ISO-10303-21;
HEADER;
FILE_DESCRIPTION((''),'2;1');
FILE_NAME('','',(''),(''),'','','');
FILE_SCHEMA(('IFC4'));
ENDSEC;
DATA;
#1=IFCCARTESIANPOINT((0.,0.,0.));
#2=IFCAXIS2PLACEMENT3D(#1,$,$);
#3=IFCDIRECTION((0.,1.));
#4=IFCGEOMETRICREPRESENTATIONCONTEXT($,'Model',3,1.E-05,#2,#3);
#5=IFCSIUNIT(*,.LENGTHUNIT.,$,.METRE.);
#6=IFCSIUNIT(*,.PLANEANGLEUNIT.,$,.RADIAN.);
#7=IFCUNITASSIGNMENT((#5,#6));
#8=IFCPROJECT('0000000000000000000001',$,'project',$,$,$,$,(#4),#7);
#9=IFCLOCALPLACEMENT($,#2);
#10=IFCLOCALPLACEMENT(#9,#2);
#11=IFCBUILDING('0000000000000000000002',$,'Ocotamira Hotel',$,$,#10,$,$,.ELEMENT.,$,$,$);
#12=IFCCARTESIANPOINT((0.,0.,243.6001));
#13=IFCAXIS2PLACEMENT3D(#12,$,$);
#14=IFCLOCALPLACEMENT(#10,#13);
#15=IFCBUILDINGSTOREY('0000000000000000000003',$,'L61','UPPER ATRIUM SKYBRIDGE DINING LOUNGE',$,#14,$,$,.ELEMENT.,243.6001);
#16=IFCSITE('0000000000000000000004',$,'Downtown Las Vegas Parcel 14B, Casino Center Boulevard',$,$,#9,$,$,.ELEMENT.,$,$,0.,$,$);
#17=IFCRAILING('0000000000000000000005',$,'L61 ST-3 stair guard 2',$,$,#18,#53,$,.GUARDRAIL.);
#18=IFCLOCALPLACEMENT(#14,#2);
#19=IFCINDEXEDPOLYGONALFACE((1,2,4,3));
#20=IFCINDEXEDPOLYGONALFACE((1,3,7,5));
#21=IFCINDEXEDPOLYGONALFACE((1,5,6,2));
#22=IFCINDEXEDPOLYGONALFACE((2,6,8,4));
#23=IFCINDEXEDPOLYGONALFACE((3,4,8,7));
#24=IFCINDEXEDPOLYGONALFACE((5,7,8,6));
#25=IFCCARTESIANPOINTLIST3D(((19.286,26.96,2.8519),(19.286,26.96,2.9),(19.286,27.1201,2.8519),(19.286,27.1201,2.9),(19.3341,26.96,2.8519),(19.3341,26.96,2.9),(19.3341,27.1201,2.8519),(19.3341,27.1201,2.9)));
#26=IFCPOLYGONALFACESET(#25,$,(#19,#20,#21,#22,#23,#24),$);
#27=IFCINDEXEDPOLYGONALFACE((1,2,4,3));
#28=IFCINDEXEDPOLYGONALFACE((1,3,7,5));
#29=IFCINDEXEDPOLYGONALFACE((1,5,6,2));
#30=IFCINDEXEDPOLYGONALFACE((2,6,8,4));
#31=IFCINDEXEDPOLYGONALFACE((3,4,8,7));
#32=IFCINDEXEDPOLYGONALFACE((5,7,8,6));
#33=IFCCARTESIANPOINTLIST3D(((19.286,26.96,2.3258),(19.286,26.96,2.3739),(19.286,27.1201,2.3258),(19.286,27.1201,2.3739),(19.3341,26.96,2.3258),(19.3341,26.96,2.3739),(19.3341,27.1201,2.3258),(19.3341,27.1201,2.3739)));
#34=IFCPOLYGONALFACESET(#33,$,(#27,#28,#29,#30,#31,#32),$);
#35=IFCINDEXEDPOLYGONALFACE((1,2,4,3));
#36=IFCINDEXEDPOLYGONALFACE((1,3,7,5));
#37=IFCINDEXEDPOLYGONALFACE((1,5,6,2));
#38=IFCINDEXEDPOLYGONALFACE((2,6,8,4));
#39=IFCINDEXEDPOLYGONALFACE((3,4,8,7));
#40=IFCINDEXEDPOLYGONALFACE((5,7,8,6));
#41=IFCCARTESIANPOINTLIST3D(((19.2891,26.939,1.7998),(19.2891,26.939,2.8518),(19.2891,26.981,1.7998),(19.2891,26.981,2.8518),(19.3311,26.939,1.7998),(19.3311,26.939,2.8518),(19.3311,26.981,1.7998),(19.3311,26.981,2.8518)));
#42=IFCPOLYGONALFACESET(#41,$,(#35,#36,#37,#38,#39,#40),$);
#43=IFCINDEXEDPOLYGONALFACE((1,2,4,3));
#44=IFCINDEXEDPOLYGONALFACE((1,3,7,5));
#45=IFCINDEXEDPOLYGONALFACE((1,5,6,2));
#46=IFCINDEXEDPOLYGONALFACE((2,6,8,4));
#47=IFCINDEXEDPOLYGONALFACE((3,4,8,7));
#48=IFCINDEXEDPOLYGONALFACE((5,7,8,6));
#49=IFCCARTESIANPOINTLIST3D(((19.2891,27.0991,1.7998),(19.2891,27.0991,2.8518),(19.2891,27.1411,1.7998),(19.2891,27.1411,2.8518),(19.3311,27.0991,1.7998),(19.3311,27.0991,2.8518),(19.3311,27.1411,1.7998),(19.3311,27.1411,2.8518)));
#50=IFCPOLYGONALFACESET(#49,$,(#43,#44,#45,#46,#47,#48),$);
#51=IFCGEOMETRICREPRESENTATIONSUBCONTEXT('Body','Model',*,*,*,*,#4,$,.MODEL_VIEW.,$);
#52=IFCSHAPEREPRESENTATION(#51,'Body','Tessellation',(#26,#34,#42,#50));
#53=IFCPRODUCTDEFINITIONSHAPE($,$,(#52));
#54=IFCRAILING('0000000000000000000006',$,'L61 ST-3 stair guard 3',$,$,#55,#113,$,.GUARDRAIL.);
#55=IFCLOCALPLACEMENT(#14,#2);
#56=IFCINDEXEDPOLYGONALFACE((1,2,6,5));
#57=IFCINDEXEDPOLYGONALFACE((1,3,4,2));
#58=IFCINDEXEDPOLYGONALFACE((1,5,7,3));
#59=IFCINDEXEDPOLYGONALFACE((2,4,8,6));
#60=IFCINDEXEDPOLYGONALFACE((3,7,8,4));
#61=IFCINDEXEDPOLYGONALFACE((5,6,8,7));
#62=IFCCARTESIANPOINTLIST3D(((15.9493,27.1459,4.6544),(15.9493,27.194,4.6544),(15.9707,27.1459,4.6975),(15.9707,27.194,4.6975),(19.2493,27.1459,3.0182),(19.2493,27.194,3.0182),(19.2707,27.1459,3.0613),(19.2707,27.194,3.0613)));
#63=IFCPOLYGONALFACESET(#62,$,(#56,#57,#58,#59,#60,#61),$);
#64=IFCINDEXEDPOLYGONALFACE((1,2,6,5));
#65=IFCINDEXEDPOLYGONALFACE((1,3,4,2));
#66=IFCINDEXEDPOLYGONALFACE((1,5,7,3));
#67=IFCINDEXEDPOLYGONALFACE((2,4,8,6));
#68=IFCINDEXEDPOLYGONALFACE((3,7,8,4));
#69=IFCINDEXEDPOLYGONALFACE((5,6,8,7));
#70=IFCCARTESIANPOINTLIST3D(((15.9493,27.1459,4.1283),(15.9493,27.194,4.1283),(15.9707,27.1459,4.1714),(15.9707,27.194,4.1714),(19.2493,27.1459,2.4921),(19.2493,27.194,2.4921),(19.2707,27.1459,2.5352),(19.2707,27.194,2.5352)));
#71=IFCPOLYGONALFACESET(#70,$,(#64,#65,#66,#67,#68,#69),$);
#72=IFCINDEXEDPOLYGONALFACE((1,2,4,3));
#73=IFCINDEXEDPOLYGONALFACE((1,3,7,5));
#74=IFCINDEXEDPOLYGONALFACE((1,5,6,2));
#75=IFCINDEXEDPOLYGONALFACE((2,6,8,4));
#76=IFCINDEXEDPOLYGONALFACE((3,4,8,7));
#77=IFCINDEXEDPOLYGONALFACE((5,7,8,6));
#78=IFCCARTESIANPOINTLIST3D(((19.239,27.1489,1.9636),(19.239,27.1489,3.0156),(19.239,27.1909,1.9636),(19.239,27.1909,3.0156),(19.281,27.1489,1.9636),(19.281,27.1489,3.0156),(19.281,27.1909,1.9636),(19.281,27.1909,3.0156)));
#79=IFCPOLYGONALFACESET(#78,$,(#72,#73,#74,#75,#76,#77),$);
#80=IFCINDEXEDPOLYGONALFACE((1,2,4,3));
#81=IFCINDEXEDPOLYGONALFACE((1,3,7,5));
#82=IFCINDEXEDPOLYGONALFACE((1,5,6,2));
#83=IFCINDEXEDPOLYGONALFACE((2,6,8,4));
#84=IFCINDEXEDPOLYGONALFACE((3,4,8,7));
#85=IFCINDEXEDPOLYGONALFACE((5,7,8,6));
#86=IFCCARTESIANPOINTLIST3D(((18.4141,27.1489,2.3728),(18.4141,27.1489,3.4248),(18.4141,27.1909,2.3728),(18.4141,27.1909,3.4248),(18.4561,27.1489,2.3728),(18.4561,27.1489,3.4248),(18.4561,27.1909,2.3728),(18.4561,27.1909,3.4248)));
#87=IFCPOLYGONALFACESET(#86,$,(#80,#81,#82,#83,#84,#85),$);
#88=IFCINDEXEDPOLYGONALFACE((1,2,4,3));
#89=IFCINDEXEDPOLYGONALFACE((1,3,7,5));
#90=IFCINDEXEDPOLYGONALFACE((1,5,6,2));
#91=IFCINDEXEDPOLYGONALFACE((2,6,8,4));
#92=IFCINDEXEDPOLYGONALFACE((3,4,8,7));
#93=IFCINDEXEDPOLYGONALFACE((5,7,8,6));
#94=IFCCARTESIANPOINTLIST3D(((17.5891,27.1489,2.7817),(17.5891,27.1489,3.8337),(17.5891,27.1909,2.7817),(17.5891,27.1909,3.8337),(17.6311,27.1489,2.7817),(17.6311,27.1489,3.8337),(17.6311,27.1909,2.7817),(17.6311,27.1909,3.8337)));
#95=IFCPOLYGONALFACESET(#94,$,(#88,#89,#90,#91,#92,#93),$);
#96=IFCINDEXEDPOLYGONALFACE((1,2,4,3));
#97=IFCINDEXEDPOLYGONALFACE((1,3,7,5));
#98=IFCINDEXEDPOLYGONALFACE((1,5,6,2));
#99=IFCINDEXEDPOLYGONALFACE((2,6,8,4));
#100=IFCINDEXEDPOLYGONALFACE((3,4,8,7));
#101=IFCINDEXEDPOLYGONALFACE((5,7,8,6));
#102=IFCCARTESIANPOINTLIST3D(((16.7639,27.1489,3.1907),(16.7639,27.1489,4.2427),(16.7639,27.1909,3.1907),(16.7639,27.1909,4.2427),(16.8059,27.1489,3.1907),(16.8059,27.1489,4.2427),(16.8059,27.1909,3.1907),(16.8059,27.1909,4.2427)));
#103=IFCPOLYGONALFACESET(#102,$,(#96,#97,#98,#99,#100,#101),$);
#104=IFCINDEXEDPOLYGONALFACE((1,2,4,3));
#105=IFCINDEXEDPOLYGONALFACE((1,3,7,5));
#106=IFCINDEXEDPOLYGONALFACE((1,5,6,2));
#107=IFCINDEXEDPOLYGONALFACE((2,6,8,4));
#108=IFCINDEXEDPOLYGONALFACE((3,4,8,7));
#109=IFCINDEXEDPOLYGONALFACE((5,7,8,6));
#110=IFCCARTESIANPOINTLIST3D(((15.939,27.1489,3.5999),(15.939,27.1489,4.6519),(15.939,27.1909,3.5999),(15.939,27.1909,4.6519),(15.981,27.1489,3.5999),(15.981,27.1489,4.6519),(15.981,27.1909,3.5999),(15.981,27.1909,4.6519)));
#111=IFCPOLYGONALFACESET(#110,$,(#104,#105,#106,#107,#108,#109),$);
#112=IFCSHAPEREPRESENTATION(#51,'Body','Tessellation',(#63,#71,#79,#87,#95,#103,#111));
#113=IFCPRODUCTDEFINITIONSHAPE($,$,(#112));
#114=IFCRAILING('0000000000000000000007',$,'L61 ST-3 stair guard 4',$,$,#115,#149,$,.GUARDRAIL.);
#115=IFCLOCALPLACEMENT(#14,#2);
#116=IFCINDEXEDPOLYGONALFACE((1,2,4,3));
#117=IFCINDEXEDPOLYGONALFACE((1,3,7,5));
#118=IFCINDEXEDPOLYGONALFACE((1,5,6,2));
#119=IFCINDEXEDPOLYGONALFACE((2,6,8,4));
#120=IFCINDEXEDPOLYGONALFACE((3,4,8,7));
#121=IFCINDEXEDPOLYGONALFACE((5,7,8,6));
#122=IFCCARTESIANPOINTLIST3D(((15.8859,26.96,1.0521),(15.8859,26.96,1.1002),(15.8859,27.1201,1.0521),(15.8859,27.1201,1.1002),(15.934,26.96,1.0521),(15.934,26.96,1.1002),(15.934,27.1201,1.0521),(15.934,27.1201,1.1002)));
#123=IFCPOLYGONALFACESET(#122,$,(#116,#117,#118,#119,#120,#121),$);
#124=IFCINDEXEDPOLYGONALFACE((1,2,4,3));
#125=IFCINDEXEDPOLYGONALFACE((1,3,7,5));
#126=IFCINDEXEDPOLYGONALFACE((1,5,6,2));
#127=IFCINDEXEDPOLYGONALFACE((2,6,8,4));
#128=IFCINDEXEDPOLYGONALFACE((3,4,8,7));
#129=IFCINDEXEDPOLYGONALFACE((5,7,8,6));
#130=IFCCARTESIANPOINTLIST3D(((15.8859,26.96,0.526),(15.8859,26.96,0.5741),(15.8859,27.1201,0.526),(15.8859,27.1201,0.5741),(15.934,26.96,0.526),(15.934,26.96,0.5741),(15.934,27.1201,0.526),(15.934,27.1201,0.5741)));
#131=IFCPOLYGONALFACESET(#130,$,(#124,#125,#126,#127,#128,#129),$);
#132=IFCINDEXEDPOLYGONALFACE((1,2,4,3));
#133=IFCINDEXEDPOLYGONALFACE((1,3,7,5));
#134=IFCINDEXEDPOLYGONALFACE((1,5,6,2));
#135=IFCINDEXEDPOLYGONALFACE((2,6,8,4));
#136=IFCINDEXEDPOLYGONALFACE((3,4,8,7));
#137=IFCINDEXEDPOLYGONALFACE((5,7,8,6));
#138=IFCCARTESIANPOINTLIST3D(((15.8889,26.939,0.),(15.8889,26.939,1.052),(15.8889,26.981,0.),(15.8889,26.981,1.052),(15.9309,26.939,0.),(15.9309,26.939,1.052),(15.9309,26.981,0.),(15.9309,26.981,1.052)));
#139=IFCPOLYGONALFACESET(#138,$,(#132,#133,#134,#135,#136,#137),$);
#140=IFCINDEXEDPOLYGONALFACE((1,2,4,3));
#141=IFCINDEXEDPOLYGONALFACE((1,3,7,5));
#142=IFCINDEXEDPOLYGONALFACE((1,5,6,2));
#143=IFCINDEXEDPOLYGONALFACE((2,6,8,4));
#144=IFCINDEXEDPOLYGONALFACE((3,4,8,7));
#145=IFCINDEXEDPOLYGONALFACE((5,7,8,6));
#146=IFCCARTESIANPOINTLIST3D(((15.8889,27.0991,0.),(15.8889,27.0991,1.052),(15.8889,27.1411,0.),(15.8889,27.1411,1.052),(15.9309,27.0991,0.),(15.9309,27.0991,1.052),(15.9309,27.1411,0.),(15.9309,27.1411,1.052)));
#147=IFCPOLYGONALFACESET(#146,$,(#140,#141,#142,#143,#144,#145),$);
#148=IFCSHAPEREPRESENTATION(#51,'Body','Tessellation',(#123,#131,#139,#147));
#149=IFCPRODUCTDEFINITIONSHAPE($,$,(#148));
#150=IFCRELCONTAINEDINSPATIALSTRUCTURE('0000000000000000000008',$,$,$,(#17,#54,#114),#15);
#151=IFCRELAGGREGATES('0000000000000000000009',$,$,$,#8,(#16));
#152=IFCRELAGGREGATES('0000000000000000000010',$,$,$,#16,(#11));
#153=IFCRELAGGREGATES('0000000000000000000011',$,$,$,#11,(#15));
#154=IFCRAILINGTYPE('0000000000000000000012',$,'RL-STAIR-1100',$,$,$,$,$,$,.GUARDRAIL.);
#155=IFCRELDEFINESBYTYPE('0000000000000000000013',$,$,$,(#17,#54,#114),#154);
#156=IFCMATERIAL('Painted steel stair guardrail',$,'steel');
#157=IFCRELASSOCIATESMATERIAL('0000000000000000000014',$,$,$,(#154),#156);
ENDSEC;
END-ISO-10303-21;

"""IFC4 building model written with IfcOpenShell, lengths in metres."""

from ifc_helpers import new_model, si_unit, direction, frame, origin, origin_2d, place, context, subcontext, project, spatial, rectangle, extrude, material, type_object, element, save


model = new_model("IFC4")

# Units and contexts
model_context = context("Model", 3, precision=1e-05, world=origin(), true_north=direction((0.0, 1.0)))
body_context = subcontext(model_context, "Body", "Model", "MODEL_VIEW")
ifc_project = project(units=[si_unit("LENGTHUNIT", "METRE"), si_unit("PLANEANGLEUNIT", "RADIAN")], contexts=[model_context])

# Site, building, storey
site_placement = place(None, origin())
site = spatial("IfcSite", under=ifc_project, at=site_placement, Name="Downtown Las Vegas Parcel 14B, Casino Center Boulevard", CompositionType="ELEMENT", RefElevation=0.0)
building_placement = place(site_placement, origin())
building = spatial("IfcBuilding", under=site, at=building_placement, Name="Ocotamira Hotel", CompositionType="ELEMENT")
storey_placement = place(building_placement, frame((0.0, 0.0, 243.6001)))
storey = spatial("IfcBuildingStorey", under=building, at=storey_placement, Name="L61", Description="UPPER ATRIUM SKYBRIDGE DINING LOUNGE", CompositionType="ELEMENT", Elevation=243.6001)

# Railings
ifc_material_1 = material(Name="Painted steel stair guardrail", Category="steel")
railing_type_1 = type_object("IfcRailingType", Name="RL-STAIR-1100", PredefinedType="GUARDRAIL", material=ifc_material_1)
railing_1_placement = place(storey_placement, frame((19.3101, 26.96, 1.7998)))
element("IfcRailing", 1, at=railing_1_placement, inside=storey, type_object=railing_type_1, Name="L61 ST-3 stair guard 2", PredefinedType="GUARDRAIL", context=body_context, shape_type="SweptSolid", body=[
    extrude(rectangle(XDim=0.0481, YDim=0.0481, at=origin_2d()), frame((0.0, 0.0, 1.0762), z_axis=(0.0, 1.0, 0.0), x_axis=(-1.0, 0.0, 0.0)), (0.0, 0.0, 1.0), 0.1602),
    extrude(rectangle(XDim=0.0481, YDim=0.0481, at=origin_2d()), frame((0.0, 0.0, 0.55), z_axis=(0.0, 1.0, 0.0), x_axis=(-1.0, 0.0, 0.0)), (0.0, 0.0, 1.0), 0.1602),
    extrude(rectangle(XDim=0.042, YDim=0.042, at=origin_2d()), origin(), (0.0, 0.0, 1.0), 1.052),
    extrude(rectangle(XDim=0.042, YDim=0.042, at=origin_2d()), frame((0.0, 0.1602, 0.0)), (0.0, 0.0, 1.0), 1.052),
])
railing_2_placement = place(storey_placement, frame((19.26, 27.1699, 1.9636)))
element("IfcRailing", 2, at=railing_2_placement, inside=storey, type_object=railing_type_1, Name="L61 ST-3 stair guard 3", PredefinedType="GUARDRAIL", context=body_context, shape_type="SweptSolid", body=[
    extrude(rectangle(XDim=0.0481, YDim=0.0481, at=origin_2d()), frame((0.0, 0.0, 1.0762), z_axis=(-0.89592, 0.0, 0.444215), x_axis=(0.0, -1.0, 0.0)), (0.0, 0.0, 1.0), 3.6833),
    extrude(rectangle(XDim=0.0481, YDim=0.0481, at=origin_2d()), frame((0.0, 0.0, 0.55), z_axis=(-0.89592, 0.0, 0.444215), x_axis=(0.0, -1.0, 0.0)), (0.0, 0.0, 1.0), 3.6833),
    extrude(rectangle(XDim=0.042, YDim=0.042, at=origin_2d()), origin(), (0.0, 0.0, 1.0), 1.052),
    extrude(rectangle(XDim=0.042, YDim=0.042, at=origin_2d()), frame((-0.825, 0.0, 0.4092)), (0.0, 0.0, 1.0), 1.052),
    extrude(rectangle(XDim=0.042, YDim=0.042, at=origin_2d()), frame((-1.6499, 0.0, 0.8181)), (0.0, 0.0, 1.0), 1.052),
    extrude(rectangle(XDim=0.042, YDim=0.042, at=origin_2d()), frame((-2.4751, 0.0, 1.2271)), (0.0, 0.0, 1.0), 1.052),
    extrude(rectangle(XDim=0.042, YDim=0.042, at=origin_2d()), frame((-3.3, 0.0, 1.6362)), (0.0, 0.0, 1.0), 1.052),
])
railing_3_placement = place(storey_placement, frame((15.9099, 26.96, 0.0)))
element("IfcRailing", 3, at=railing_3_placement, inside=storey, type_object=railing_type_1, Name="L61 ST-3 stair guard 4", PredefinedType="GUARDRAIL", context=body_context, shape_type="SweptSolid", body=[
    extrude(rectangle(XDim=0.0481, YDim=0.0481, at=origin_2d()), frame((0.0, 0.0, 1.0762), z_axis=(0.0, 1.0, 0.0), x_axis=(-1.0, 0.0, 0.0)), (0.0, 0.0, 1.0), 0.1602),
    extrude(rectangle(XDim=0.0481, YDim=0.0481, at=origin_2d()), frame((0.0, 0.0, 0.55), z_axis=(0.0, 1.0, 0.0), x_axis=(-1.0, 0.0, 0.0)), (0.0, 0.0, 1.0), 0.1602),
    extrude(rectangle(XDim=0.042, YDim=0.042, at=origin_2d()), origin(), (0.0, 0.0, 1.0), 1.052),
    extrude(rectangle(XDim=0.042, YDim=0.042, at=origin_2d()), frame((0.0, 0.1602, 0.0)), (0.0, 0.0, 1.0), 1.052),
])

save(model, "model.ifc")
